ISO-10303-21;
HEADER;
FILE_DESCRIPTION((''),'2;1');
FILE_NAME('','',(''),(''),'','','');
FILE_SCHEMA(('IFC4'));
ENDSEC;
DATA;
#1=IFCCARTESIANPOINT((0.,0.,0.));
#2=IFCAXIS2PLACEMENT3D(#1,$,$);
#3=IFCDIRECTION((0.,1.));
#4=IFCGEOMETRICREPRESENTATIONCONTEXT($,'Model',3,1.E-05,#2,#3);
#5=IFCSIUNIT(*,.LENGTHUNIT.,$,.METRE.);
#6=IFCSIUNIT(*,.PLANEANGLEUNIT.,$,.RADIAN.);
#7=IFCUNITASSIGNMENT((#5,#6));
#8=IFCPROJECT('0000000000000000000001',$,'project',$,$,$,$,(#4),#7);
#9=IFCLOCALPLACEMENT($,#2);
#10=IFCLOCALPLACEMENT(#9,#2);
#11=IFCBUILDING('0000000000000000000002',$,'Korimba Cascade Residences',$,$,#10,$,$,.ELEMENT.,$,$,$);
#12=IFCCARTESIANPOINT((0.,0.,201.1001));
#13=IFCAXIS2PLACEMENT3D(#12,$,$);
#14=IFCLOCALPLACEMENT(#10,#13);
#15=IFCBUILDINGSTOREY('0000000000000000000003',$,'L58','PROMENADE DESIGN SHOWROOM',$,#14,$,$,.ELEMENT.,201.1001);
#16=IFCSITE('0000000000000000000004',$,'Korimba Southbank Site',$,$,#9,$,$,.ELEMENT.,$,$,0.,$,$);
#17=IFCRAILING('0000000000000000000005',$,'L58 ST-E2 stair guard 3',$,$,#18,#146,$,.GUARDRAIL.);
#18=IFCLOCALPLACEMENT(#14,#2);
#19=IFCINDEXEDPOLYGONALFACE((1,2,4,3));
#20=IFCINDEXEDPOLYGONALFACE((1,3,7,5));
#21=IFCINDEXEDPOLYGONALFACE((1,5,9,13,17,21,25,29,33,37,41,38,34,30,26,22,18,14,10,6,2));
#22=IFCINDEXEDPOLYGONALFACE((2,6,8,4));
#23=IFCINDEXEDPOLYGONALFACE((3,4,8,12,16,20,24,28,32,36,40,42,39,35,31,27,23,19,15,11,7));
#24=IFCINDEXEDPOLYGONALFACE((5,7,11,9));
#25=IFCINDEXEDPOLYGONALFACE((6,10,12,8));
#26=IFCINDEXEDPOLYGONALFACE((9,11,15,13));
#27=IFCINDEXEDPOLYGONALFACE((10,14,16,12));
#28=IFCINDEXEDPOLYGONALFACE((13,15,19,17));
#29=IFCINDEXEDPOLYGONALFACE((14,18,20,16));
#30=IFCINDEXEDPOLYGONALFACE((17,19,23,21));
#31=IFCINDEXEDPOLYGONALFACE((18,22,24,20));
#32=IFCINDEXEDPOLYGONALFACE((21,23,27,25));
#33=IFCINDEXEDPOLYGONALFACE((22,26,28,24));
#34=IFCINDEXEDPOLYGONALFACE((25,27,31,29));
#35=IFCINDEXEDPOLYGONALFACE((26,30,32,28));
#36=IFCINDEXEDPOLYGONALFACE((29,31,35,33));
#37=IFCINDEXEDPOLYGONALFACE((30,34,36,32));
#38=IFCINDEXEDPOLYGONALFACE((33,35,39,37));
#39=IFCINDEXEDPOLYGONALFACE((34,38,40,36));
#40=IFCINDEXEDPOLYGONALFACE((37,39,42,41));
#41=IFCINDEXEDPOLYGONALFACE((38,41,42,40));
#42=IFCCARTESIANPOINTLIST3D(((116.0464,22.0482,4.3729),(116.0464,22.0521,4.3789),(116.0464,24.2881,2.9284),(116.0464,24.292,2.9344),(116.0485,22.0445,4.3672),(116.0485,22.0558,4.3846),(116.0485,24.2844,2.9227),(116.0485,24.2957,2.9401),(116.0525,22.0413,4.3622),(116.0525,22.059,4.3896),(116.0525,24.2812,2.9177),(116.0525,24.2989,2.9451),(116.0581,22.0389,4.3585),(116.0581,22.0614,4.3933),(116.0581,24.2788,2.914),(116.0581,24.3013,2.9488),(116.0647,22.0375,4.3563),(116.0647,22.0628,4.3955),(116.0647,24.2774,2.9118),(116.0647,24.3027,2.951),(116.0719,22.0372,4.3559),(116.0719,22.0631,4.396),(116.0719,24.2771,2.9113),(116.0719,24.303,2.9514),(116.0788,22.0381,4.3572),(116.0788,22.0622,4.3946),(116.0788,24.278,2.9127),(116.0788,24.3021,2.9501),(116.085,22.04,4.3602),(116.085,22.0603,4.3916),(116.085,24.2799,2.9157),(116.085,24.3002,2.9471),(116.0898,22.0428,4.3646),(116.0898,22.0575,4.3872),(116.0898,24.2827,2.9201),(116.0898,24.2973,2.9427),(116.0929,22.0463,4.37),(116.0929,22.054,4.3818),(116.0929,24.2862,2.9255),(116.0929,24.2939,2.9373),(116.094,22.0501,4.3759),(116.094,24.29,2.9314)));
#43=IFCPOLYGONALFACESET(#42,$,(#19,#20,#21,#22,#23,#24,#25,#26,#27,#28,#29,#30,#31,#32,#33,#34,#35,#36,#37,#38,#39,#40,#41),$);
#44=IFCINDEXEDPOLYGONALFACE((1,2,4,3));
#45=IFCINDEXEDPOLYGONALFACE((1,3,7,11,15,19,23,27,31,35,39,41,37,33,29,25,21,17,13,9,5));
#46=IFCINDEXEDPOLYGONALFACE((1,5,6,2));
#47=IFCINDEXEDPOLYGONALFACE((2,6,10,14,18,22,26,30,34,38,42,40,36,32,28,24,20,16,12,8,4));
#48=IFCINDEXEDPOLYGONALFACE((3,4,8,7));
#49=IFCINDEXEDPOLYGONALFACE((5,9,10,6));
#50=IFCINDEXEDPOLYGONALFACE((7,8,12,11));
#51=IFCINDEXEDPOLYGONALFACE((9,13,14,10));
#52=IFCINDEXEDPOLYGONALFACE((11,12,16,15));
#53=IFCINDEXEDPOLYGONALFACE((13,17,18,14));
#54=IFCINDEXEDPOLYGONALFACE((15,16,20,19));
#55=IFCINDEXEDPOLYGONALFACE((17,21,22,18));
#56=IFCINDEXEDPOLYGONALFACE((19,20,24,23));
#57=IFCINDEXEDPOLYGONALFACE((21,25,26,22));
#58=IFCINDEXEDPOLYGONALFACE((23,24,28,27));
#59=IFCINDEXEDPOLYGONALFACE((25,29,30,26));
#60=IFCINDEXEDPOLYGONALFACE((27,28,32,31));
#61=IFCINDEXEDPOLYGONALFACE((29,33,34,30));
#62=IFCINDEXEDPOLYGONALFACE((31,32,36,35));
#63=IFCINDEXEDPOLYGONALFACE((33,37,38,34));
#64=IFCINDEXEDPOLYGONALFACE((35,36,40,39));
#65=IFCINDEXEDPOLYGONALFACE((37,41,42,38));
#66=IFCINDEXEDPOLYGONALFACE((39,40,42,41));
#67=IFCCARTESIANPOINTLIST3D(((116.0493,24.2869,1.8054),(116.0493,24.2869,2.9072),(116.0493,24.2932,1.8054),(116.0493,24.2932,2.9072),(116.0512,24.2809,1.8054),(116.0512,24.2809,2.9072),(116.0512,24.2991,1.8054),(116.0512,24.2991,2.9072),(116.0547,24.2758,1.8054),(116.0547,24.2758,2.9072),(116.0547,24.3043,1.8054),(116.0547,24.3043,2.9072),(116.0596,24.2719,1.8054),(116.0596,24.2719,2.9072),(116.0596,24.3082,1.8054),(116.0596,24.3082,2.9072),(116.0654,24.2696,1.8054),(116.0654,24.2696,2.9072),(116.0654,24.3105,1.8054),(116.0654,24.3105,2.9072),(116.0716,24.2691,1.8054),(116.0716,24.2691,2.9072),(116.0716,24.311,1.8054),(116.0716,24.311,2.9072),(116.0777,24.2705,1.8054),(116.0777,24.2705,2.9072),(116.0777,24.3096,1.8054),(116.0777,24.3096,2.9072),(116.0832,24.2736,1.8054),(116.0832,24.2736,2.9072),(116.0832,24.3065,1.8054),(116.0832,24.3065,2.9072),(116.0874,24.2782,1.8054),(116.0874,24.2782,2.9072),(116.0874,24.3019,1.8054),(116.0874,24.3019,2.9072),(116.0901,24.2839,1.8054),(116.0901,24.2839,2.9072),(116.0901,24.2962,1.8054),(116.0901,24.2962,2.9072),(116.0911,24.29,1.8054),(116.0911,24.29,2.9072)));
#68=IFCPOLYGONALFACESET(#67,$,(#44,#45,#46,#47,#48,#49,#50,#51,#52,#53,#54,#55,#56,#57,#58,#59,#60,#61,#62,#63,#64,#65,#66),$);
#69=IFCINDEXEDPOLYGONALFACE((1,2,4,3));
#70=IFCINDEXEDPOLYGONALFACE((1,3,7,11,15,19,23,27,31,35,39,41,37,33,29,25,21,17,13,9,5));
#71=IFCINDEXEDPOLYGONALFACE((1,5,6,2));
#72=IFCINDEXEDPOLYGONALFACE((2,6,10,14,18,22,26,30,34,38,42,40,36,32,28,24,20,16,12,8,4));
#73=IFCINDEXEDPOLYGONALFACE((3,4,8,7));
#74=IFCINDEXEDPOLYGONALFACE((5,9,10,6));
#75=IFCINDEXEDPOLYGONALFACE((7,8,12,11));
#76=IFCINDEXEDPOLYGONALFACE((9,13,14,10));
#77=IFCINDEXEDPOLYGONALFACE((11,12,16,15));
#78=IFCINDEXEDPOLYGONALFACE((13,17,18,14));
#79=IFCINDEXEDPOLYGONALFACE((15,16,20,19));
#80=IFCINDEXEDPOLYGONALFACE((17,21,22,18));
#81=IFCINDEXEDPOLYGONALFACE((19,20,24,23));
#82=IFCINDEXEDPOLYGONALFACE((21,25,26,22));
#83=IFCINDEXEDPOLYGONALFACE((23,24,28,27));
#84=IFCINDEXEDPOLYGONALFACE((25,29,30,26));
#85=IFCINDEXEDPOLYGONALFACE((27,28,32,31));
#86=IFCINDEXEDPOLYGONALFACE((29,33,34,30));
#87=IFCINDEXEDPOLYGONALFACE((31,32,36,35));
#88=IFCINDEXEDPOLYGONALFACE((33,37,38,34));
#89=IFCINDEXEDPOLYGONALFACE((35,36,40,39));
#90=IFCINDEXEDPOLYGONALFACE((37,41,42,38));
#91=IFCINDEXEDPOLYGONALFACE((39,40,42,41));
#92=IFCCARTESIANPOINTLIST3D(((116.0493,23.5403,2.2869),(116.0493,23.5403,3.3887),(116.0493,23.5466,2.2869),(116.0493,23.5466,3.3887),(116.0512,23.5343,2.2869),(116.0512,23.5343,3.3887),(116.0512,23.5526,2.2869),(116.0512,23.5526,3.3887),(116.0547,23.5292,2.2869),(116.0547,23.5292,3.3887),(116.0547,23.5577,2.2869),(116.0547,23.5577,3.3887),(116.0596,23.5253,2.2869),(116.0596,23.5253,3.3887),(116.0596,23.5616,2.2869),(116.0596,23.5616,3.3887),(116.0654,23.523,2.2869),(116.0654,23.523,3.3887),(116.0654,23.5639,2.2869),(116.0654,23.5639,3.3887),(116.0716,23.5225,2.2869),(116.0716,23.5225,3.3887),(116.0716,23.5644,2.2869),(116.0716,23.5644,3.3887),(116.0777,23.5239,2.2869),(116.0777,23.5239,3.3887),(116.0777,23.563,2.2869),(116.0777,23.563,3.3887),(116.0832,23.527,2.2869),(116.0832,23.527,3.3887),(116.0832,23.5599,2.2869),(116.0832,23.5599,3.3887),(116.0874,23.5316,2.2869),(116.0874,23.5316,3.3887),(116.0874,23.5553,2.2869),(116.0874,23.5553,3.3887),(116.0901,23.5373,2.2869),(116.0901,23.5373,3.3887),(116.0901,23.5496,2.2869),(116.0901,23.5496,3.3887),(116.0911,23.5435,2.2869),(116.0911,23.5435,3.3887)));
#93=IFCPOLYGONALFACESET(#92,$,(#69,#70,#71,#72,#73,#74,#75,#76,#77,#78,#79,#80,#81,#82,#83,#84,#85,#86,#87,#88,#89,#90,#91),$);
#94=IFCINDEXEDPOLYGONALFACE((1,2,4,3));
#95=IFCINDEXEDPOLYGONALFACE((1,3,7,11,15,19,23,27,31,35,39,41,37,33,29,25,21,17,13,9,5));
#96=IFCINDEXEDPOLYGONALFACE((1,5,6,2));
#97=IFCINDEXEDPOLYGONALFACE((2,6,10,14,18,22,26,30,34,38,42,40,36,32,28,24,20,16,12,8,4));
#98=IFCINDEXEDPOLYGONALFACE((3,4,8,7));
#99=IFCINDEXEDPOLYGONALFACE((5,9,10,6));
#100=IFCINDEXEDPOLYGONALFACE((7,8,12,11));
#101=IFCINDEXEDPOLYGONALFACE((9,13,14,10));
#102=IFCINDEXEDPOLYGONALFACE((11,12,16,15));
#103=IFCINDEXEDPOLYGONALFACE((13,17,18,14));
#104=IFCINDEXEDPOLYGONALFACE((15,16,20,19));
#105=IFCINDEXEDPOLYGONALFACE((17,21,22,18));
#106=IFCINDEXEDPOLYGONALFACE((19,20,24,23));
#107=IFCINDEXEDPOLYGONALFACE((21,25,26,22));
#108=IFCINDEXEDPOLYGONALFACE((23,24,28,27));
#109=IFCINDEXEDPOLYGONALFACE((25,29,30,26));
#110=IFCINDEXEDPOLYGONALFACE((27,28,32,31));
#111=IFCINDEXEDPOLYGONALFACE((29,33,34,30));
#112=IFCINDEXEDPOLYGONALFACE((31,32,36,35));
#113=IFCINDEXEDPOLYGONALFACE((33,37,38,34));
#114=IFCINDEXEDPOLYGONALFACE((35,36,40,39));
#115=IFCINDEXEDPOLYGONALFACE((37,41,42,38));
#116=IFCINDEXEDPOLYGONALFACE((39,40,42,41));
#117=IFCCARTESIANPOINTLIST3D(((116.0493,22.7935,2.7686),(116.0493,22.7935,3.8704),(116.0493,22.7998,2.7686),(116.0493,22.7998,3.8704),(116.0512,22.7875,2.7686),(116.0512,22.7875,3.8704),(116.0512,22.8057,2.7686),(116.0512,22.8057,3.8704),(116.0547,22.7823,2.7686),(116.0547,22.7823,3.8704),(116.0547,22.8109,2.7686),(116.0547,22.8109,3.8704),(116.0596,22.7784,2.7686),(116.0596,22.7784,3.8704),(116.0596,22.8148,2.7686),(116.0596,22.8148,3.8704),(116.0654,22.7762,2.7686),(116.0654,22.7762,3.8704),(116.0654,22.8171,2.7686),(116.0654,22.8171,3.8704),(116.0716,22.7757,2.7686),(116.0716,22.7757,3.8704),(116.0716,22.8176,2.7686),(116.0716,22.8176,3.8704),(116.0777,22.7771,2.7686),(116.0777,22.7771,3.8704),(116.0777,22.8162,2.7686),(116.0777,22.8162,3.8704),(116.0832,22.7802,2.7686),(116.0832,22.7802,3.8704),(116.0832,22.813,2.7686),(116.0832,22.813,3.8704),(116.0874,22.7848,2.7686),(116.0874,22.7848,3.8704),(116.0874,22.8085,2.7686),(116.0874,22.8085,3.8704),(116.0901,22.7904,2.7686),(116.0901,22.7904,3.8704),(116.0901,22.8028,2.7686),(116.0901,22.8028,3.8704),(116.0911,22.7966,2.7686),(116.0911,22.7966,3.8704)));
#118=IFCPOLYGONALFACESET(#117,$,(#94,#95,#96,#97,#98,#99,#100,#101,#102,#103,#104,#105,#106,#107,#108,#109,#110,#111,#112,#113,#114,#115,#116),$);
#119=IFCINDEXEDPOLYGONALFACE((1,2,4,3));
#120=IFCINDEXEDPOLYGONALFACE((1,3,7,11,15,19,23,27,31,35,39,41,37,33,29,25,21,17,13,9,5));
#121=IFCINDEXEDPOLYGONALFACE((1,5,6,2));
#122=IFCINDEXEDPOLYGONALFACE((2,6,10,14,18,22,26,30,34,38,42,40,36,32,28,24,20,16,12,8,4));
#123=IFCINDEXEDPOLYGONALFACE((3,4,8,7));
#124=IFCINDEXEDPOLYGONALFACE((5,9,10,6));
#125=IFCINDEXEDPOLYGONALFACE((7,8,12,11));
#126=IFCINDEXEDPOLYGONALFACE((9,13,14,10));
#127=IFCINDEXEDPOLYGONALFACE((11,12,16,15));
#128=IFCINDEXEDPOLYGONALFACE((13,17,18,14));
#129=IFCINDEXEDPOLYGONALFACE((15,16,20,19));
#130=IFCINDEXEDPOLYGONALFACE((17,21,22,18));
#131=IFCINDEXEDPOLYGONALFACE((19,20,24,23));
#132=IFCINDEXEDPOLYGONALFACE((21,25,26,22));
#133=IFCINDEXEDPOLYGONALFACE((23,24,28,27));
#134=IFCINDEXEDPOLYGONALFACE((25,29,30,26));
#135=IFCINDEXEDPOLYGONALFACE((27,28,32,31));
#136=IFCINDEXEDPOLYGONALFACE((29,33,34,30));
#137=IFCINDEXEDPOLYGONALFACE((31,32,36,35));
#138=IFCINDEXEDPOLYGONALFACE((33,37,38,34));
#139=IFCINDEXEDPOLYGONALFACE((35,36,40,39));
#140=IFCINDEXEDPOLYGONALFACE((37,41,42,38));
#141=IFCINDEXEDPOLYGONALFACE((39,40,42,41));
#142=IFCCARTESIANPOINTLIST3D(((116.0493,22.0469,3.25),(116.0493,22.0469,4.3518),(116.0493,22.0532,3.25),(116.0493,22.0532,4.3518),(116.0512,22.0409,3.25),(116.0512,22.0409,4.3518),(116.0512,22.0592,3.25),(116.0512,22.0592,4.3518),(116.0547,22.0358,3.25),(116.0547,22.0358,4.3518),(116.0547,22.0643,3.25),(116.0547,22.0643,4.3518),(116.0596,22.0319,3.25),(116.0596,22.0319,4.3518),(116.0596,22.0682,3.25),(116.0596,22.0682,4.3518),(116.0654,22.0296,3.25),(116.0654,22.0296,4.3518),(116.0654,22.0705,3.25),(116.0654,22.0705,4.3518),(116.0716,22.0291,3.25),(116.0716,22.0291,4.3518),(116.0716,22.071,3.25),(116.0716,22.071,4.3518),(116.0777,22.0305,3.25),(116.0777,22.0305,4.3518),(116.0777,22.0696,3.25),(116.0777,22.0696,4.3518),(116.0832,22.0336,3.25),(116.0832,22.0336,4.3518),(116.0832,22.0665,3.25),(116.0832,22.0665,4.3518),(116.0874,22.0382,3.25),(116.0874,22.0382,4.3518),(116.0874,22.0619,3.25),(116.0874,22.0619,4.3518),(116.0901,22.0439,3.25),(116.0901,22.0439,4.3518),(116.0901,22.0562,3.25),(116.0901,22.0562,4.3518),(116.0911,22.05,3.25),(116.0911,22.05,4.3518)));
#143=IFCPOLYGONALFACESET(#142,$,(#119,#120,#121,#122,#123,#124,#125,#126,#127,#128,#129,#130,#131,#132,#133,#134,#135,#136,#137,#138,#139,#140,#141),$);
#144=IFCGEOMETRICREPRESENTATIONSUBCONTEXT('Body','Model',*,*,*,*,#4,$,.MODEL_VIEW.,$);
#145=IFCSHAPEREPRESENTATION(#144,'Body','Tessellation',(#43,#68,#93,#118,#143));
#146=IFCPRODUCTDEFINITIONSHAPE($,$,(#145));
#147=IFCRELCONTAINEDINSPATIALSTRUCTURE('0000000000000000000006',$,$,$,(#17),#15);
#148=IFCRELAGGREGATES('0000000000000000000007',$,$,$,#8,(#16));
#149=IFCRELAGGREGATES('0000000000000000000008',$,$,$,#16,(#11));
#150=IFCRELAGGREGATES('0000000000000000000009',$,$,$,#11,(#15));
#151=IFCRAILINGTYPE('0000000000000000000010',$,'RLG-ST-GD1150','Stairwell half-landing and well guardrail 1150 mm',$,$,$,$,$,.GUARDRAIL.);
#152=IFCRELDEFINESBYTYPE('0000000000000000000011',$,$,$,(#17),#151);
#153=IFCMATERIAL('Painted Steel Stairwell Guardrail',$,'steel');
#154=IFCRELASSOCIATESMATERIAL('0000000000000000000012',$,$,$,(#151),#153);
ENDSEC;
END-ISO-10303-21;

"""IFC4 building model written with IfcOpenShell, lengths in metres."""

from ifc_helpers import new_model, si_unit, direction, frame, origin, origin_2d, place, context, subcontext, project, spatial, circle, extrude, material, type_object, element, save


model = new_model("IFC4")

# Units and contexts
model_context = context("Model", 3, precision=1e-05, world=origin(), true_north=direction((0.0, 1.0)))
body_context = subcontext(model_context, "Body", "Model", "MODEL_VIEW")
ifc_project = project(units=[si_unit("LENGTHUNIT", "METRE"), si_unit("PLANEANGLEUNIT", "RADIAN")], contexts=[model_context])

# Site, building, storey
site_placement = place(None, origin())
site = spatial("IfcSite", under=ifc_project, at=site_placement, Name="Korimba Southbank Site", CompositionType="ELEMENT", RefElevation=0.0)
building_placement = place(site_placement, origin())
building = spatial("IfcBuilding", under=site, at=building_placement, Name="Korimba Cascade Residences", CompositionType="ELEMENT")
storey_placement = place(building_placement, frame((0.0, 0.0, 201.1001)))
storey = spatial("IfcBuildingStorey", under=building, at=storey_placement, Name="L58", Description="PROMENADE DESIGN SHOWROOM", CompositionType="ELEMENT", Elevation=201.1001)

# Railing
ifc_material_1 = material(Name="Painted Steel Stairwell Guardrail", Category="steel")
railing_type_1 = type_object("IfcRailingType", Name="RLG-ST-GD1150", Description="Stairwell half-landing and well guardrail 1150 mm", PredefinedType="GUARDRAIL", material=ifc_material_1)
railing_1_placement = place(storey_placement, frame((116.0701, 24.29, 1.8054)))
element("IfcRailing", 1, at=railing_1_placement, inside=storey, type_object=railing_type_1, Name="L58 ST-E2 stair guard 3", PredefinedType="GUARDRAIL", context=body_context, shape_type="SweptSolid", body=[
    extrude(circle(Radius=0.0239, at=origin_2d()), frame((0.0, 0.0, 1.126), z_axis=(0.0, -0.840395, 0.541975), x_axis=(1.0, 0.0, 0.0)), (0.0, 0.0, 1.0), 2.6653),
    extrude(circle(Radius=0.021, at=origin_2d()), origin(), (0.0, 0.0, 1.0), 1.1018),
    extrude(circle(Radius=0.021, at=origin_2d()), frame((0.0, -0.7466, 0.4814)), (0.0, 0.0, 1.0), 1.1018),
    extrude(circle(Radius=0.021, at=origin_2d()), frame((0.0, -1.4934, 0.9631)), (0.0, 0.0, 1.0), 1.1018),
    extrude(circle(Radius=0.021, at=origin_2d()), frame((0.0, -2.24, 1.4446)), (0.0, 0.0, 1.0), 1.1018),
])

save(model, "model.ifc")
